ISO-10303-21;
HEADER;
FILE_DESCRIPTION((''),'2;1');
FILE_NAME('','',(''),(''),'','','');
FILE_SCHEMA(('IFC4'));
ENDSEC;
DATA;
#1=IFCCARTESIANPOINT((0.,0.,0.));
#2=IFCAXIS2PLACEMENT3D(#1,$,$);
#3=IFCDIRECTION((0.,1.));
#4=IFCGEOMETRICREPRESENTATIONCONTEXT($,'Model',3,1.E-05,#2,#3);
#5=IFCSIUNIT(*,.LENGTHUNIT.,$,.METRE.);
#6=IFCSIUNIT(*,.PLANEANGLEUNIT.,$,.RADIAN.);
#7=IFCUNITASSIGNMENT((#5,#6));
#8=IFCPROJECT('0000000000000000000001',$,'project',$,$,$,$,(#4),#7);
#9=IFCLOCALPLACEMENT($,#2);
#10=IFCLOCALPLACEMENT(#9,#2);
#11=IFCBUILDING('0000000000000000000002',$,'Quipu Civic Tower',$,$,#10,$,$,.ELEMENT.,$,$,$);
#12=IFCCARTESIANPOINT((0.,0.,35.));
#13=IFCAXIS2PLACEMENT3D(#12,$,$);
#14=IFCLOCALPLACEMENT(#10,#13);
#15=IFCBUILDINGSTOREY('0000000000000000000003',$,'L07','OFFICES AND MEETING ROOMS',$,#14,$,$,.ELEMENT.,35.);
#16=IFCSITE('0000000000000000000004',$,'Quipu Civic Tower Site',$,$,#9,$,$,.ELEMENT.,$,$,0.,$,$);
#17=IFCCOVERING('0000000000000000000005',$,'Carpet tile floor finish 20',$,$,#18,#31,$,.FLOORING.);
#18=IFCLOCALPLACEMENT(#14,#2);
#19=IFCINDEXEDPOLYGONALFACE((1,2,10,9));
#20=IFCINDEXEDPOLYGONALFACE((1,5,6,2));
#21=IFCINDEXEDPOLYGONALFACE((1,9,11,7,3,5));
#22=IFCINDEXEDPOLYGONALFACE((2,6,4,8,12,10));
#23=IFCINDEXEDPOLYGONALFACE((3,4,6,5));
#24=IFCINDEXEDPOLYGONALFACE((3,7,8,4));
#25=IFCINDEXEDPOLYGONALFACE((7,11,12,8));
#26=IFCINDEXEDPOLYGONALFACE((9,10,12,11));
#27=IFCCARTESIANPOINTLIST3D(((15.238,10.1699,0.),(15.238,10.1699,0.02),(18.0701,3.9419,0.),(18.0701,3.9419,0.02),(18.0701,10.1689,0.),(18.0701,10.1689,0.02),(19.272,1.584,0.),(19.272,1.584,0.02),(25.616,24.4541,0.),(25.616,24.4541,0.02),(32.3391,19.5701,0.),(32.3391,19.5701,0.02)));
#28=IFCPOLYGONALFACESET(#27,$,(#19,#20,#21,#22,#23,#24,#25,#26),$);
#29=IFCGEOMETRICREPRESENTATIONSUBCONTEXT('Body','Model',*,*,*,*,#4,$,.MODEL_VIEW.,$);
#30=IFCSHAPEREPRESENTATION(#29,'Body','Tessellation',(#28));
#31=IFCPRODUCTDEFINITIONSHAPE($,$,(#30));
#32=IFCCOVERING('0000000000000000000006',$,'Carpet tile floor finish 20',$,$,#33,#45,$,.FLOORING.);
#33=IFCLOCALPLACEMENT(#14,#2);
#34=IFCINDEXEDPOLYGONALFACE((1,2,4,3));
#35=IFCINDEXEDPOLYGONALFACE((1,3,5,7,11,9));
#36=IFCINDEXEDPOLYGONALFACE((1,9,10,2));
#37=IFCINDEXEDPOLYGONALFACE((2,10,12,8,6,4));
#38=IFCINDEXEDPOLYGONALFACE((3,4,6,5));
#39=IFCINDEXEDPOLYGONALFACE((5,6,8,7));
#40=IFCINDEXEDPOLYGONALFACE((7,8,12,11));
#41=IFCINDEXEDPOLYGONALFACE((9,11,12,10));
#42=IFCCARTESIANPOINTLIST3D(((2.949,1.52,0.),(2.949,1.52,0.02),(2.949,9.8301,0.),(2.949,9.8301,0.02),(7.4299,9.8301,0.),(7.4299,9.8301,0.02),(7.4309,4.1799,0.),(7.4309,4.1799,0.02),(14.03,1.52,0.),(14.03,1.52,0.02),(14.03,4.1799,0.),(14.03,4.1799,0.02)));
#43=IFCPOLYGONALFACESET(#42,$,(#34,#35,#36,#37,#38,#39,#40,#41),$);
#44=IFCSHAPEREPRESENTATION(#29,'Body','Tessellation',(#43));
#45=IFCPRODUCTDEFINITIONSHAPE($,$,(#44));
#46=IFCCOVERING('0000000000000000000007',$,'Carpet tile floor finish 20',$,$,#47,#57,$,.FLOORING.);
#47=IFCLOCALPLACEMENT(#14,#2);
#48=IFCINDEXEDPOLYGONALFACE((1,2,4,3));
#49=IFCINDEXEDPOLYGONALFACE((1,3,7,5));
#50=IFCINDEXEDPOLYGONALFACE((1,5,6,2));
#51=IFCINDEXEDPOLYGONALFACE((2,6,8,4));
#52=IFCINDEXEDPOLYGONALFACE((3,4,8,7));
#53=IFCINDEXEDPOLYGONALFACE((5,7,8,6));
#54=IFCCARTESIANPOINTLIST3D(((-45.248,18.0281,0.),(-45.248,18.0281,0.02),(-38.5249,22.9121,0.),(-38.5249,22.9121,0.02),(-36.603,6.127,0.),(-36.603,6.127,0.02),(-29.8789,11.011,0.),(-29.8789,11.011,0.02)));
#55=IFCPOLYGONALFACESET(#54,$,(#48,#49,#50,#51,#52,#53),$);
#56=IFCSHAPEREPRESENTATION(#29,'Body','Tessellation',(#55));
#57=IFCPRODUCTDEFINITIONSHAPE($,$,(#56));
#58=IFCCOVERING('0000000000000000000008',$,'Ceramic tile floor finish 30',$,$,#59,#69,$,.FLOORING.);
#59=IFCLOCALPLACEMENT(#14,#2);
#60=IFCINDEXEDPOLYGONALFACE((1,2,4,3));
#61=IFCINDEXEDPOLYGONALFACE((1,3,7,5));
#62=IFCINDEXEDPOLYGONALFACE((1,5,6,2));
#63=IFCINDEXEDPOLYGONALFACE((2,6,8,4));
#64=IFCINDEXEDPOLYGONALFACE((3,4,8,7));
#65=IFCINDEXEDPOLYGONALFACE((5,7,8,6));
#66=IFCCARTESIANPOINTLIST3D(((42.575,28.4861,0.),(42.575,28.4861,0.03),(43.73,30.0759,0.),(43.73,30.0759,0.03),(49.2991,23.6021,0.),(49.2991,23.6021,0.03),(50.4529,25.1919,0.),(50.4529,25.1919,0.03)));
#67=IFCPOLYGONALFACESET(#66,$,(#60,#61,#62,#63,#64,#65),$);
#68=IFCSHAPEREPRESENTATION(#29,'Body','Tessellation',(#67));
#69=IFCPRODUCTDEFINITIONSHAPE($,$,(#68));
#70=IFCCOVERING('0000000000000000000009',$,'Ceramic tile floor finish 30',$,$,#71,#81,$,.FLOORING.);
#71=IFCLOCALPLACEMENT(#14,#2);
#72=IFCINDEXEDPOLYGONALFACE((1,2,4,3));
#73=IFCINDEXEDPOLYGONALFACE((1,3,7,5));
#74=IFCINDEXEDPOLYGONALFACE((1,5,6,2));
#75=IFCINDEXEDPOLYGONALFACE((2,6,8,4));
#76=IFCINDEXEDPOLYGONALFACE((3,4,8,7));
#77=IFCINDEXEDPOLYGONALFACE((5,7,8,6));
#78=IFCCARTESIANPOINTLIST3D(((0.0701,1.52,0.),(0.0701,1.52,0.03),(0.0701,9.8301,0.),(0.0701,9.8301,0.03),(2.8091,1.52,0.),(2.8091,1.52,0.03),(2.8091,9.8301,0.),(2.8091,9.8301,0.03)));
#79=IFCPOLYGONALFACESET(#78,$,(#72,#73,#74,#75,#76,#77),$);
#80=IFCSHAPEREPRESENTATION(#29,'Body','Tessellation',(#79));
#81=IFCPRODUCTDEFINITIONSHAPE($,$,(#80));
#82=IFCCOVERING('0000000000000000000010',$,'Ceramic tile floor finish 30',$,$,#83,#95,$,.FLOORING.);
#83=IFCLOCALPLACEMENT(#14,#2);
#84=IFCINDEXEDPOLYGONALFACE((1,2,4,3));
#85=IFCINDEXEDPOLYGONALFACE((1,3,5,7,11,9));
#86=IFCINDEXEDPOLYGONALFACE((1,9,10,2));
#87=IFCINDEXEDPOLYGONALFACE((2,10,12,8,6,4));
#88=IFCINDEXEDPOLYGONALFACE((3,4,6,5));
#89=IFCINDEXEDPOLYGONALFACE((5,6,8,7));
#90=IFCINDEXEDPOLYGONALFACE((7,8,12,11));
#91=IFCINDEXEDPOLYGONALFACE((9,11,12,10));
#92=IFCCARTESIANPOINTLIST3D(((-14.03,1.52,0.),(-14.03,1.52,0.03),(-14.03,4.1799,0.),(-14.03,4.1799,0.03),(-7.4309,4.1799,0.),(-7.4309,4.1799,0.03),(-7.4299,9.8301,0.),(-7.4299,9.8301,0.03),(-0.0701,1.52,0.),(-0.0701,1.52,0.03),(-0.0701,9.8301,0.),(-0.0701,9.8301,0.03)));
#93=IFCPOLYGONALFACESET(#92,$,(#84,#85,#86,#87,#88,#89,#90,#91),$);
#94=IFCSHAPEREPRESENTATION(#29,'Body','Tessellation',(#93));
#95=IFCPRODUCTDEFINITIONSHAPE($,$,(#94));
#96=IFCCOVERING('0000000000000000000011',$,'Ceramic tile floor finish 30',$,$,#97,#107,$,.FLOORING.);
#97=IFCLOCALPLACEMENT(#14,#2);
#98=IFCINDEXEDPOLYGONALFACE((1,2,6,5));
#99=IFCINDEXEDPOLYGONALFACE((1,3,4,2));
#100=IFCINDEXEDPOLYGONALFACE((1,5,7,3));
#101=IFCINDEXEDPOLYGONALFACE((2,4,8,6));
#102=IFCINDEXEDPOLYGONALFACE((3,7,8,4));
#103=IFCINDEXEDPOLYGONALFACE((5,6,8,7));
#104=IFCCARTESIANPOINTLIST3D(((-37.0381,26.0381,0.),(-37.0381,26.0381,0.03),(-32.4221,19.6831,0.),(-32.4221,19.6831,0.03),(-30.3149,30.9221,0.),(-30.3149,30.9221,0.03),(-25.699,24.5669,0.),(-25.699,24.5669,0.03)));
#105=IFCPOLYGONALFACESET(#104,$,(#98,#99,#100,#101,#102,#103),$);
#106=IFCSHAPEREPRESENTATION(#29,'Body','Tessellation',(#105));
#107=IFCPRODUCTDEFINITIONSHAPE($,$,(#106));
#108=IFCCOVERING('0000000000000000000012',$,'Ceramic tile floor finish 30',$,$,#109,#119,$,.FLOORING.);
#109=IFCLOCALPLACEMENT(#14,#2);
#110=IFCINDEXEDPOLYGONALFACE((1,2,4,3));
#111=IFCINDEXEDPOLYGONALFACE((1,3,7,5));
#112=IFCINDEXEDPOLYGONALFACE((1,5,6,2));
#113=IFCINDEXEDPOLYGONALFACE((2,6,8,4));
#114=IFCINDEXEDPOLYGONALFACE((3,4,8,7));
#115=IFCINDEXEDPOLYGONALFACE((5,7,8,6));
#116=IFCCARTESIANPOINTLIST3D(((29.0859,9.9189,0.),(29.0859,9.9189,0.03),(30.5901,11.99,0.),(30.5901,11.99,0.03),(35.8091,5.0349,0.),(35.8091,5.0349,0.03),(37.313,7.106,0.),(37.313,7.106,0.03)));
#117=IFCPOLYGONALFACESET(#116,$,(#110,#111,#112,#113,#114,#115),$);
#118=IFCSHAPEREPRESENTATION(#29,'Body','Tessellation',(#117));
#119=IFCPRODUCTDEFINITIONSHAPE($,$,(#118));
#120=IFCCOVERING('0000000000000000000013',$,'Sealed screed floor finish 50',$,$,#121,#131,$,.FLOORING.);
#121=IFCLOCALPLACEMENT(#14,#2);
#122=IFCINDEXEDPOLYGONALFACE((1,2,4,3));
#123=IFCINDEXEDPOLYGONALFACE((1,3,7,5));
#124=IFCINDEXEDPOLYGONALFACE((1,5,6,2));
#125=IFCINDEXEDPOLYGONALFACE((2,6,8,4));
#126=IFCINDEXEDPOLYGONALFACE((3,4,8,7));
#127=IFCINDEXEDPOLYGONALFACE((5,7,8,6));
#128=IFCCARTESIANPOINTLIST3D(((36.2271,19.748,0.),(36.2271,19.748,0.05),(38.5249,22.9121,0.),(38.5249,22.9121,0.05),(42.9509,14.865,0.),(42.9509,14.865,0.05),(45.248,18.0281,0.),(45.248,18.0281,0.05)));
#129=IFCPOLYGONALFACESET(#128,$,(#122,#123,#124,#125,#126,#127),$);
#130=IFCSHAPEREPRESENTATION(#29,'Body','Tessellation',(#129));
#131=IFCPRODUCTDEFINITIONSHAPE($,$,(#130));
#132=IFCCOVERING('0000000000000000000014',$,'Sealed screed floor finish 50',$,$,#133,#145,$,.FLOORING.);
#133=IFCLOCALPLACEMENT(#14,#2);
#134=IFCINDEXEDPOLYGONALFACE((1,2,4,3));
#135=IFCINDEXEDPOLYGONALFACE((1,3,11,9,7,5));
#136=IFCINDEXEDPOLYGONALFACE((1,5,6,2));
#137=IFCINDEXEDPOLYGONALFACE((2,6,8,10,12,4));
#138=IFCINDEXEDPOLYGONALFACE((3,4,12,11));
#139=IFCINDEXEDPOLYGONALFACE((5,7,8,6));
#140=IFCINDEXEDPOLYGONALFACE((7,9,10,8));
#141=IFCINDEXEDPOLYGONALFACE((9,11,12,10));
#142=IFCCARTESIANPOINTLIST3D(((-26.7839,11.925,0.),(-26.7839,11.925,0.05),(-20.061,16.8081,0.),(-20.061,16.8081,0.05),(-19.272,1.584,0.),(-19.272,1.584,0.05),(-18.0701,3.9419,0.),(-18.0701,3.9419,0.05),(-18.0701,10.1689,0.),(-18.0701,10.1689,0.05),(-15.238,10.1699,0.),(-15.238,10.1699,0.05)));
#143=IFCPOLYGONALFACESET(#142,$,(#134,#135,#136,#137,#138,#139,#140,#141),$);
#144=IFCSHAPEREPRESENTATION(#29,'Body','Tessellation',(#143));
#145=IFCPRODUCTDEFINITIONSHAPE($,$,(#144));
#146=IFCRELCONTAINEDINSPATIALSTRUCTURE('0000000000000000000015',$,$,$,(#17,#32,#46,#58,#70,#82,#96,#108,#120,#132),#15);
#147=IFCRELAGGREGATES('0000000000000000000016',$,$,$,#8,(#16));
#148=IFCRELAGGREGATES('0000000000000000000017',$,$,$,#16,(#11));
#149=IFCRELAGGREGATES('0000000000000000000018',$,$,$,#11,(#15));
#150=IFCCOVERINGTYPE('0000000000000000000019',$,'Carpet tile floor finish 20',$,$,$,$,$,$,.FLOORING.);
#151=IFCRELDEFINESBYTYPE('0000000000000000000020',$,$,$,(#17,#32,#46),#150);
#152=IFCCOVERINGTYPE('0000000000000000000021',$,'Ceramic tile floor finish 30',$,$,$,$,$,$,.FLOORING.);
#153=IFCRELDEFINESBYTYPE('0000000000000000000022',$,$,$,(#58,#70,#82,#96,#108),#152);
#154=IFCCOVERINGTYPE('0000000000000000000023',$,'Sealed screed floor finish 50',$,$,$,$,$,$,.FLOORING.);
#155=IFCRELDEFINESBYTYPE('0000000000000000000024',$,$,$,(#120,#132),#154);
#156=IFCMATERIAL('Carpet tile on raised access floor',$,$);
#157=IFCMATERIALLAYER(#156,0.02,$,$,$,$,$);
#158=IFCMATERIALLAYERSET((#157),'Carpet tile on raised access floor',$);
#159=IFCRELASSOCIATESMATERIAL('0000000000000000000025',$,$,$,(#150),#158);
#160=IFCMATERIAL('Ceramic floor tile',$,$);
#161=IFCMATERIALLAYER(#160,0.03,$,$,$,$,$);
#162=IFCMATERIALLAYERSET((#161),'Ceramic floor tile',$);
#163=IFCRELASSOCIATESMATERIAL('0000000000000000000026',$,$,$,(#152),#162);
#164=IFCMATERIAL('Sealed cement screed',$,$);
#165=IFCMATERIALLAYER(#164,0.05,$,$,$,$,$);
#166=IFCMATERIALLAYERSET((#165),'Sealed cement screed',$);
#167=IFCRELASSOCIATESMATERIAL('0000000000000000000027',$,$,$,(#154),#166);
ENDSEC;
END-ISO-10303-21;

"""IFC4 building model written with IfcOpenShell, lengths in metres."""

from ifc_helpers import new_model, si_unit, direction, frame, origin, place, context, subcontext, project, spatial, polyline, outline, extrude, material, layer, layer_set, type_object, element, save


model = new_model("IFC4")

# Units and contexts
model_context = context("Model", 3, precision=1e-05, world=origin(), true_north=direction((0.0, 1.0)))
body_context = subcontext(model_context, "Body", "Model", "MODEL_VIEW")
ifc_project = project(units=[si_unit("LENGTHUNIT", "METRE"), si_unit("PLANEANGLEUNIT", "RADIAN")], contexts=[model_context])

# Site, building, storey
site_placement = place(None, origin())
site = spatial("IfcSite", under=ifc_project, at=site_placement, Name="Quipu Civic Tower Site", CompositionType="ELEMENT", RefElevation=0.0)
building_placement = place(site_placement, origin())
building = spatial("IfcBuilding", under=site, at=building_placement, Name="Quipu Civic Tower", CompositionType="ELEMENT")
storey_placement = place(building_placement, frame((0.0, 0.0, 35.0)))
storey = spatial("IfcBuildingStorey", under=building, at=storey_placement, Name="L07", Description="OFFICES AND MEETING ROOMS", CompositionType="ELEMENT", Elevation=35.0)

# Coverings
ifc_material_1 = material(Name="Carpet tile on raised access floor")
ifc_layer_1 = layer(ifc_material_1, 0.02)
ifc_layer_set_1 = layer_set([ifc_layer_1], Name="Carpet tile on raised access floor")
covering_type_1 = type_object("IfcCoveringType", Name="Carpet tile floor finish 20", PredefinedType="FLOORING", material=ifc_layer_set_1)
covering_1_placement = place(storey_placement, origin())
element("IfcCovering", 1, at=covering_1_placement, inside=storey, type_object=covering_type_1, Name="Carpet tile floor finish 20", PredefinedType="FLOORING", context=body_context, shape_type="SweptSolid", body=[
    extrude(outline(polyline([(15.238, 10.1699), (25.616, 24.4541), (32.3391, 19.5701), (19.272, 1.584), (18.0701, 3.9419), (18.0701, 10.1689), (15.238, 10.1699)])), origin(), (0.0, 0.0, 1.0), 0.02),
])
covering_2_placement = place(storey_placement, origin())
element("IfcCovering", 2, at=covering_2_placement, inside=storey, type_object=covering_type_1, Name="Carpet tile floor finish 20", PredefinedType="FLOORING", context=body_context, shape_type="SweptSolid", body=[
    extrude(outline(polyline([(2.949, 1.52), (2.949, 9.8301), (7.4299, 9.8301), (7.4309, 4.1799), (14.03, 4.1799), (14.03, 1.52), (2.949, 1.52)])), origin(), (0.0, 0.0, 1.0), 0.02),
])
covering_3_placement = place(storey_placement, origin())
element("IfcCovering", 3, at=covering_3_placement, inside=storey, type_object=covering_type_1, Name="Carpet tile floor finish 20", PredefinedType="FLOORING", context=body_context, shape_type="SweptSolid", body=[
    extrude(outline(polyline([(-45.248, 18.0281), (-38.5249, 22.9121), (-29.8789, 11.011), (-36.603, 6.127), (-45.248, 18.0281)])), origin(), (0.0, 0.0, 1.0), 0.02),
])
ifc_material_2 = material(Name="Ceramic floor tile")
ifc_layer_2 = layer(ifc_material_2, 0.03)
ifc_layer_set_2 = layer_set([ifc_layer_2], Name="Ceramic floor tile")
covering_type_2 = type_object("IfcCoveringType", Name="Ceramic tile floor finish 30", PredefinedType="FLOORING", material=ifc_layer_set_2)
covering_4_placement = place(storey_placement, origin())
element("IfcCovering", 4, at=covering_4_placement, inside=storey, type_object=covering_type_2, Name="Ceramic tile floor finish 30", PredefinedType="FLOORING", context=body_context, shape_type="SweptSolid", body=[
    extrude(outline(polyline([(42.575, 28.4861), (43.73, 30.0759), (50.4529, 25.1919), (49.2991, 23.6021), (42.575, 28.4861)])), origin(), (0.0, 0.0, 1.0), 0.03),
])
covering_5_placement = place(storey_placement, origin())
element("IfcCovering", 5, at=covering_5_placement, inside=storey, type_object=covering_type_2, Name="Ceramic tile floor finish 30", PredefinedType="FLOORING", context=body_context, shape_type="SweptSolid", body=[
    extrude(outline(polyline([(0.0701, 9.8301), (2.8091, 9.8301), (2.8091, 1.52), (0.0701, 1.52), (0.0701, 9.8301)])), origin(), (0.0, 0.0, 1.0), 0.03),
])
covering_6_placement = place(storey_placement, origin())
element("IfcCovering", 6, at=covering_6_placement, inside=storey, type_object=covering_type_2, Name="Ceramic tile floor finish 30", PredefinedType="FLOORING", context=body_context, shape_type="SweptSolid", body=[
    extrude(outline(polyline([(-14.03, 4.1799), (-7.4309, 4.1799), (-7.4299, 9.8301), (-0.0701, 9.8301), (-0.0701, 1.52), (-14.03, 1.52), (-14.03, 4.1799)])), origin(), (0.0, 0.0, 1.0), 0.03),
])
covering_7_placement = place(storey_placement, origin())
element("IfcCovering", 7, at=covering_7_placement, inside=storey, type_object=covering_type_2, Name="Ceramic tile floor finish 30", PredefinedType="FLOORING", context=body_context, shape_type="SweptSolid", body=[
    extrude(outline(polyline([(-37.0381, 26.0381), (-30.3149, 30.9221), (-25.699, 24.5669), (-32.4221, 19.6831), (-37.0381, 26.0381)])), origin(), (0.0, 0.0, 1.0), 0.03),
])
covering_8_placement = place(storey_placement, origin())
element("IfcCovering", 8, at=covering_8_placement, inside=storey, type_object=covering_type_2, Name="Ceramic tile floor finish 30", PredefinedType="FLOORING", context=body_context, shape_type="SweptSolid", body=[
    extrude(outline(polyline([(29.0859, 9.9189), (30.5901, 11.99), (37.313, 7.106), (35.8091, 5.0349), (29.0859, 9.9189)])), origin(), (0.0, 0.0, 1.0), 0.03),
])
ifc_material_3 = material(Name="Sealed cement screed")
ifc_layer_3 = layer(ifc_material_3, 0.05)
ifc_layer_set_3 = layer_set([ifc_layer_3], Name="Sealed cement screed")
covering_type_3 = type_object("IfcCoveringType", Name="Sealed screed floor finish 50", PredefinedType="FLOORING", material=ifc_layer_set_3)
covering_9_placement = place(storey_placement, origin())
element("IfcCovering", 9, at=covering_9_placement, inside=storey, type_object=covering_type_3, Name="Sealed screed floor finish 50", PredefinedType="FLOORING", context=body_context, shape_type="SweptSolid", body=[
    extrude(outline(polyline([(36.2271, 19.748), (38.5249, 22.9121), (45.248, 18.0281), (42.9509, 14.865), (36.2271, 19.748)])), origin(), (0.0, 0.0, 1.0), 0.05),
])
covering_10_placement = place(storey_placement, origin())
element("IfcCovering", 10, at=covering_10_placement, inside=storey, type_object=covering_type_3, Name="Sealed screed floor finish 50", PredefinedType="FLOORING", context=body_context, shape_type="SweptSolid", body=[
    extrude(outline(polyline([(-26.7839, 11.925), (-20.061, 16.8081), (-15.238, 10.1699), (-18.0701, 10.1689), (-18.0701, 3.9419), (-19.272, 1.584), (-26.7839, 11.925)])), origin(), (0.0, 0.0, 1.0), 0.05),
])

save(model, "model.ifc")
